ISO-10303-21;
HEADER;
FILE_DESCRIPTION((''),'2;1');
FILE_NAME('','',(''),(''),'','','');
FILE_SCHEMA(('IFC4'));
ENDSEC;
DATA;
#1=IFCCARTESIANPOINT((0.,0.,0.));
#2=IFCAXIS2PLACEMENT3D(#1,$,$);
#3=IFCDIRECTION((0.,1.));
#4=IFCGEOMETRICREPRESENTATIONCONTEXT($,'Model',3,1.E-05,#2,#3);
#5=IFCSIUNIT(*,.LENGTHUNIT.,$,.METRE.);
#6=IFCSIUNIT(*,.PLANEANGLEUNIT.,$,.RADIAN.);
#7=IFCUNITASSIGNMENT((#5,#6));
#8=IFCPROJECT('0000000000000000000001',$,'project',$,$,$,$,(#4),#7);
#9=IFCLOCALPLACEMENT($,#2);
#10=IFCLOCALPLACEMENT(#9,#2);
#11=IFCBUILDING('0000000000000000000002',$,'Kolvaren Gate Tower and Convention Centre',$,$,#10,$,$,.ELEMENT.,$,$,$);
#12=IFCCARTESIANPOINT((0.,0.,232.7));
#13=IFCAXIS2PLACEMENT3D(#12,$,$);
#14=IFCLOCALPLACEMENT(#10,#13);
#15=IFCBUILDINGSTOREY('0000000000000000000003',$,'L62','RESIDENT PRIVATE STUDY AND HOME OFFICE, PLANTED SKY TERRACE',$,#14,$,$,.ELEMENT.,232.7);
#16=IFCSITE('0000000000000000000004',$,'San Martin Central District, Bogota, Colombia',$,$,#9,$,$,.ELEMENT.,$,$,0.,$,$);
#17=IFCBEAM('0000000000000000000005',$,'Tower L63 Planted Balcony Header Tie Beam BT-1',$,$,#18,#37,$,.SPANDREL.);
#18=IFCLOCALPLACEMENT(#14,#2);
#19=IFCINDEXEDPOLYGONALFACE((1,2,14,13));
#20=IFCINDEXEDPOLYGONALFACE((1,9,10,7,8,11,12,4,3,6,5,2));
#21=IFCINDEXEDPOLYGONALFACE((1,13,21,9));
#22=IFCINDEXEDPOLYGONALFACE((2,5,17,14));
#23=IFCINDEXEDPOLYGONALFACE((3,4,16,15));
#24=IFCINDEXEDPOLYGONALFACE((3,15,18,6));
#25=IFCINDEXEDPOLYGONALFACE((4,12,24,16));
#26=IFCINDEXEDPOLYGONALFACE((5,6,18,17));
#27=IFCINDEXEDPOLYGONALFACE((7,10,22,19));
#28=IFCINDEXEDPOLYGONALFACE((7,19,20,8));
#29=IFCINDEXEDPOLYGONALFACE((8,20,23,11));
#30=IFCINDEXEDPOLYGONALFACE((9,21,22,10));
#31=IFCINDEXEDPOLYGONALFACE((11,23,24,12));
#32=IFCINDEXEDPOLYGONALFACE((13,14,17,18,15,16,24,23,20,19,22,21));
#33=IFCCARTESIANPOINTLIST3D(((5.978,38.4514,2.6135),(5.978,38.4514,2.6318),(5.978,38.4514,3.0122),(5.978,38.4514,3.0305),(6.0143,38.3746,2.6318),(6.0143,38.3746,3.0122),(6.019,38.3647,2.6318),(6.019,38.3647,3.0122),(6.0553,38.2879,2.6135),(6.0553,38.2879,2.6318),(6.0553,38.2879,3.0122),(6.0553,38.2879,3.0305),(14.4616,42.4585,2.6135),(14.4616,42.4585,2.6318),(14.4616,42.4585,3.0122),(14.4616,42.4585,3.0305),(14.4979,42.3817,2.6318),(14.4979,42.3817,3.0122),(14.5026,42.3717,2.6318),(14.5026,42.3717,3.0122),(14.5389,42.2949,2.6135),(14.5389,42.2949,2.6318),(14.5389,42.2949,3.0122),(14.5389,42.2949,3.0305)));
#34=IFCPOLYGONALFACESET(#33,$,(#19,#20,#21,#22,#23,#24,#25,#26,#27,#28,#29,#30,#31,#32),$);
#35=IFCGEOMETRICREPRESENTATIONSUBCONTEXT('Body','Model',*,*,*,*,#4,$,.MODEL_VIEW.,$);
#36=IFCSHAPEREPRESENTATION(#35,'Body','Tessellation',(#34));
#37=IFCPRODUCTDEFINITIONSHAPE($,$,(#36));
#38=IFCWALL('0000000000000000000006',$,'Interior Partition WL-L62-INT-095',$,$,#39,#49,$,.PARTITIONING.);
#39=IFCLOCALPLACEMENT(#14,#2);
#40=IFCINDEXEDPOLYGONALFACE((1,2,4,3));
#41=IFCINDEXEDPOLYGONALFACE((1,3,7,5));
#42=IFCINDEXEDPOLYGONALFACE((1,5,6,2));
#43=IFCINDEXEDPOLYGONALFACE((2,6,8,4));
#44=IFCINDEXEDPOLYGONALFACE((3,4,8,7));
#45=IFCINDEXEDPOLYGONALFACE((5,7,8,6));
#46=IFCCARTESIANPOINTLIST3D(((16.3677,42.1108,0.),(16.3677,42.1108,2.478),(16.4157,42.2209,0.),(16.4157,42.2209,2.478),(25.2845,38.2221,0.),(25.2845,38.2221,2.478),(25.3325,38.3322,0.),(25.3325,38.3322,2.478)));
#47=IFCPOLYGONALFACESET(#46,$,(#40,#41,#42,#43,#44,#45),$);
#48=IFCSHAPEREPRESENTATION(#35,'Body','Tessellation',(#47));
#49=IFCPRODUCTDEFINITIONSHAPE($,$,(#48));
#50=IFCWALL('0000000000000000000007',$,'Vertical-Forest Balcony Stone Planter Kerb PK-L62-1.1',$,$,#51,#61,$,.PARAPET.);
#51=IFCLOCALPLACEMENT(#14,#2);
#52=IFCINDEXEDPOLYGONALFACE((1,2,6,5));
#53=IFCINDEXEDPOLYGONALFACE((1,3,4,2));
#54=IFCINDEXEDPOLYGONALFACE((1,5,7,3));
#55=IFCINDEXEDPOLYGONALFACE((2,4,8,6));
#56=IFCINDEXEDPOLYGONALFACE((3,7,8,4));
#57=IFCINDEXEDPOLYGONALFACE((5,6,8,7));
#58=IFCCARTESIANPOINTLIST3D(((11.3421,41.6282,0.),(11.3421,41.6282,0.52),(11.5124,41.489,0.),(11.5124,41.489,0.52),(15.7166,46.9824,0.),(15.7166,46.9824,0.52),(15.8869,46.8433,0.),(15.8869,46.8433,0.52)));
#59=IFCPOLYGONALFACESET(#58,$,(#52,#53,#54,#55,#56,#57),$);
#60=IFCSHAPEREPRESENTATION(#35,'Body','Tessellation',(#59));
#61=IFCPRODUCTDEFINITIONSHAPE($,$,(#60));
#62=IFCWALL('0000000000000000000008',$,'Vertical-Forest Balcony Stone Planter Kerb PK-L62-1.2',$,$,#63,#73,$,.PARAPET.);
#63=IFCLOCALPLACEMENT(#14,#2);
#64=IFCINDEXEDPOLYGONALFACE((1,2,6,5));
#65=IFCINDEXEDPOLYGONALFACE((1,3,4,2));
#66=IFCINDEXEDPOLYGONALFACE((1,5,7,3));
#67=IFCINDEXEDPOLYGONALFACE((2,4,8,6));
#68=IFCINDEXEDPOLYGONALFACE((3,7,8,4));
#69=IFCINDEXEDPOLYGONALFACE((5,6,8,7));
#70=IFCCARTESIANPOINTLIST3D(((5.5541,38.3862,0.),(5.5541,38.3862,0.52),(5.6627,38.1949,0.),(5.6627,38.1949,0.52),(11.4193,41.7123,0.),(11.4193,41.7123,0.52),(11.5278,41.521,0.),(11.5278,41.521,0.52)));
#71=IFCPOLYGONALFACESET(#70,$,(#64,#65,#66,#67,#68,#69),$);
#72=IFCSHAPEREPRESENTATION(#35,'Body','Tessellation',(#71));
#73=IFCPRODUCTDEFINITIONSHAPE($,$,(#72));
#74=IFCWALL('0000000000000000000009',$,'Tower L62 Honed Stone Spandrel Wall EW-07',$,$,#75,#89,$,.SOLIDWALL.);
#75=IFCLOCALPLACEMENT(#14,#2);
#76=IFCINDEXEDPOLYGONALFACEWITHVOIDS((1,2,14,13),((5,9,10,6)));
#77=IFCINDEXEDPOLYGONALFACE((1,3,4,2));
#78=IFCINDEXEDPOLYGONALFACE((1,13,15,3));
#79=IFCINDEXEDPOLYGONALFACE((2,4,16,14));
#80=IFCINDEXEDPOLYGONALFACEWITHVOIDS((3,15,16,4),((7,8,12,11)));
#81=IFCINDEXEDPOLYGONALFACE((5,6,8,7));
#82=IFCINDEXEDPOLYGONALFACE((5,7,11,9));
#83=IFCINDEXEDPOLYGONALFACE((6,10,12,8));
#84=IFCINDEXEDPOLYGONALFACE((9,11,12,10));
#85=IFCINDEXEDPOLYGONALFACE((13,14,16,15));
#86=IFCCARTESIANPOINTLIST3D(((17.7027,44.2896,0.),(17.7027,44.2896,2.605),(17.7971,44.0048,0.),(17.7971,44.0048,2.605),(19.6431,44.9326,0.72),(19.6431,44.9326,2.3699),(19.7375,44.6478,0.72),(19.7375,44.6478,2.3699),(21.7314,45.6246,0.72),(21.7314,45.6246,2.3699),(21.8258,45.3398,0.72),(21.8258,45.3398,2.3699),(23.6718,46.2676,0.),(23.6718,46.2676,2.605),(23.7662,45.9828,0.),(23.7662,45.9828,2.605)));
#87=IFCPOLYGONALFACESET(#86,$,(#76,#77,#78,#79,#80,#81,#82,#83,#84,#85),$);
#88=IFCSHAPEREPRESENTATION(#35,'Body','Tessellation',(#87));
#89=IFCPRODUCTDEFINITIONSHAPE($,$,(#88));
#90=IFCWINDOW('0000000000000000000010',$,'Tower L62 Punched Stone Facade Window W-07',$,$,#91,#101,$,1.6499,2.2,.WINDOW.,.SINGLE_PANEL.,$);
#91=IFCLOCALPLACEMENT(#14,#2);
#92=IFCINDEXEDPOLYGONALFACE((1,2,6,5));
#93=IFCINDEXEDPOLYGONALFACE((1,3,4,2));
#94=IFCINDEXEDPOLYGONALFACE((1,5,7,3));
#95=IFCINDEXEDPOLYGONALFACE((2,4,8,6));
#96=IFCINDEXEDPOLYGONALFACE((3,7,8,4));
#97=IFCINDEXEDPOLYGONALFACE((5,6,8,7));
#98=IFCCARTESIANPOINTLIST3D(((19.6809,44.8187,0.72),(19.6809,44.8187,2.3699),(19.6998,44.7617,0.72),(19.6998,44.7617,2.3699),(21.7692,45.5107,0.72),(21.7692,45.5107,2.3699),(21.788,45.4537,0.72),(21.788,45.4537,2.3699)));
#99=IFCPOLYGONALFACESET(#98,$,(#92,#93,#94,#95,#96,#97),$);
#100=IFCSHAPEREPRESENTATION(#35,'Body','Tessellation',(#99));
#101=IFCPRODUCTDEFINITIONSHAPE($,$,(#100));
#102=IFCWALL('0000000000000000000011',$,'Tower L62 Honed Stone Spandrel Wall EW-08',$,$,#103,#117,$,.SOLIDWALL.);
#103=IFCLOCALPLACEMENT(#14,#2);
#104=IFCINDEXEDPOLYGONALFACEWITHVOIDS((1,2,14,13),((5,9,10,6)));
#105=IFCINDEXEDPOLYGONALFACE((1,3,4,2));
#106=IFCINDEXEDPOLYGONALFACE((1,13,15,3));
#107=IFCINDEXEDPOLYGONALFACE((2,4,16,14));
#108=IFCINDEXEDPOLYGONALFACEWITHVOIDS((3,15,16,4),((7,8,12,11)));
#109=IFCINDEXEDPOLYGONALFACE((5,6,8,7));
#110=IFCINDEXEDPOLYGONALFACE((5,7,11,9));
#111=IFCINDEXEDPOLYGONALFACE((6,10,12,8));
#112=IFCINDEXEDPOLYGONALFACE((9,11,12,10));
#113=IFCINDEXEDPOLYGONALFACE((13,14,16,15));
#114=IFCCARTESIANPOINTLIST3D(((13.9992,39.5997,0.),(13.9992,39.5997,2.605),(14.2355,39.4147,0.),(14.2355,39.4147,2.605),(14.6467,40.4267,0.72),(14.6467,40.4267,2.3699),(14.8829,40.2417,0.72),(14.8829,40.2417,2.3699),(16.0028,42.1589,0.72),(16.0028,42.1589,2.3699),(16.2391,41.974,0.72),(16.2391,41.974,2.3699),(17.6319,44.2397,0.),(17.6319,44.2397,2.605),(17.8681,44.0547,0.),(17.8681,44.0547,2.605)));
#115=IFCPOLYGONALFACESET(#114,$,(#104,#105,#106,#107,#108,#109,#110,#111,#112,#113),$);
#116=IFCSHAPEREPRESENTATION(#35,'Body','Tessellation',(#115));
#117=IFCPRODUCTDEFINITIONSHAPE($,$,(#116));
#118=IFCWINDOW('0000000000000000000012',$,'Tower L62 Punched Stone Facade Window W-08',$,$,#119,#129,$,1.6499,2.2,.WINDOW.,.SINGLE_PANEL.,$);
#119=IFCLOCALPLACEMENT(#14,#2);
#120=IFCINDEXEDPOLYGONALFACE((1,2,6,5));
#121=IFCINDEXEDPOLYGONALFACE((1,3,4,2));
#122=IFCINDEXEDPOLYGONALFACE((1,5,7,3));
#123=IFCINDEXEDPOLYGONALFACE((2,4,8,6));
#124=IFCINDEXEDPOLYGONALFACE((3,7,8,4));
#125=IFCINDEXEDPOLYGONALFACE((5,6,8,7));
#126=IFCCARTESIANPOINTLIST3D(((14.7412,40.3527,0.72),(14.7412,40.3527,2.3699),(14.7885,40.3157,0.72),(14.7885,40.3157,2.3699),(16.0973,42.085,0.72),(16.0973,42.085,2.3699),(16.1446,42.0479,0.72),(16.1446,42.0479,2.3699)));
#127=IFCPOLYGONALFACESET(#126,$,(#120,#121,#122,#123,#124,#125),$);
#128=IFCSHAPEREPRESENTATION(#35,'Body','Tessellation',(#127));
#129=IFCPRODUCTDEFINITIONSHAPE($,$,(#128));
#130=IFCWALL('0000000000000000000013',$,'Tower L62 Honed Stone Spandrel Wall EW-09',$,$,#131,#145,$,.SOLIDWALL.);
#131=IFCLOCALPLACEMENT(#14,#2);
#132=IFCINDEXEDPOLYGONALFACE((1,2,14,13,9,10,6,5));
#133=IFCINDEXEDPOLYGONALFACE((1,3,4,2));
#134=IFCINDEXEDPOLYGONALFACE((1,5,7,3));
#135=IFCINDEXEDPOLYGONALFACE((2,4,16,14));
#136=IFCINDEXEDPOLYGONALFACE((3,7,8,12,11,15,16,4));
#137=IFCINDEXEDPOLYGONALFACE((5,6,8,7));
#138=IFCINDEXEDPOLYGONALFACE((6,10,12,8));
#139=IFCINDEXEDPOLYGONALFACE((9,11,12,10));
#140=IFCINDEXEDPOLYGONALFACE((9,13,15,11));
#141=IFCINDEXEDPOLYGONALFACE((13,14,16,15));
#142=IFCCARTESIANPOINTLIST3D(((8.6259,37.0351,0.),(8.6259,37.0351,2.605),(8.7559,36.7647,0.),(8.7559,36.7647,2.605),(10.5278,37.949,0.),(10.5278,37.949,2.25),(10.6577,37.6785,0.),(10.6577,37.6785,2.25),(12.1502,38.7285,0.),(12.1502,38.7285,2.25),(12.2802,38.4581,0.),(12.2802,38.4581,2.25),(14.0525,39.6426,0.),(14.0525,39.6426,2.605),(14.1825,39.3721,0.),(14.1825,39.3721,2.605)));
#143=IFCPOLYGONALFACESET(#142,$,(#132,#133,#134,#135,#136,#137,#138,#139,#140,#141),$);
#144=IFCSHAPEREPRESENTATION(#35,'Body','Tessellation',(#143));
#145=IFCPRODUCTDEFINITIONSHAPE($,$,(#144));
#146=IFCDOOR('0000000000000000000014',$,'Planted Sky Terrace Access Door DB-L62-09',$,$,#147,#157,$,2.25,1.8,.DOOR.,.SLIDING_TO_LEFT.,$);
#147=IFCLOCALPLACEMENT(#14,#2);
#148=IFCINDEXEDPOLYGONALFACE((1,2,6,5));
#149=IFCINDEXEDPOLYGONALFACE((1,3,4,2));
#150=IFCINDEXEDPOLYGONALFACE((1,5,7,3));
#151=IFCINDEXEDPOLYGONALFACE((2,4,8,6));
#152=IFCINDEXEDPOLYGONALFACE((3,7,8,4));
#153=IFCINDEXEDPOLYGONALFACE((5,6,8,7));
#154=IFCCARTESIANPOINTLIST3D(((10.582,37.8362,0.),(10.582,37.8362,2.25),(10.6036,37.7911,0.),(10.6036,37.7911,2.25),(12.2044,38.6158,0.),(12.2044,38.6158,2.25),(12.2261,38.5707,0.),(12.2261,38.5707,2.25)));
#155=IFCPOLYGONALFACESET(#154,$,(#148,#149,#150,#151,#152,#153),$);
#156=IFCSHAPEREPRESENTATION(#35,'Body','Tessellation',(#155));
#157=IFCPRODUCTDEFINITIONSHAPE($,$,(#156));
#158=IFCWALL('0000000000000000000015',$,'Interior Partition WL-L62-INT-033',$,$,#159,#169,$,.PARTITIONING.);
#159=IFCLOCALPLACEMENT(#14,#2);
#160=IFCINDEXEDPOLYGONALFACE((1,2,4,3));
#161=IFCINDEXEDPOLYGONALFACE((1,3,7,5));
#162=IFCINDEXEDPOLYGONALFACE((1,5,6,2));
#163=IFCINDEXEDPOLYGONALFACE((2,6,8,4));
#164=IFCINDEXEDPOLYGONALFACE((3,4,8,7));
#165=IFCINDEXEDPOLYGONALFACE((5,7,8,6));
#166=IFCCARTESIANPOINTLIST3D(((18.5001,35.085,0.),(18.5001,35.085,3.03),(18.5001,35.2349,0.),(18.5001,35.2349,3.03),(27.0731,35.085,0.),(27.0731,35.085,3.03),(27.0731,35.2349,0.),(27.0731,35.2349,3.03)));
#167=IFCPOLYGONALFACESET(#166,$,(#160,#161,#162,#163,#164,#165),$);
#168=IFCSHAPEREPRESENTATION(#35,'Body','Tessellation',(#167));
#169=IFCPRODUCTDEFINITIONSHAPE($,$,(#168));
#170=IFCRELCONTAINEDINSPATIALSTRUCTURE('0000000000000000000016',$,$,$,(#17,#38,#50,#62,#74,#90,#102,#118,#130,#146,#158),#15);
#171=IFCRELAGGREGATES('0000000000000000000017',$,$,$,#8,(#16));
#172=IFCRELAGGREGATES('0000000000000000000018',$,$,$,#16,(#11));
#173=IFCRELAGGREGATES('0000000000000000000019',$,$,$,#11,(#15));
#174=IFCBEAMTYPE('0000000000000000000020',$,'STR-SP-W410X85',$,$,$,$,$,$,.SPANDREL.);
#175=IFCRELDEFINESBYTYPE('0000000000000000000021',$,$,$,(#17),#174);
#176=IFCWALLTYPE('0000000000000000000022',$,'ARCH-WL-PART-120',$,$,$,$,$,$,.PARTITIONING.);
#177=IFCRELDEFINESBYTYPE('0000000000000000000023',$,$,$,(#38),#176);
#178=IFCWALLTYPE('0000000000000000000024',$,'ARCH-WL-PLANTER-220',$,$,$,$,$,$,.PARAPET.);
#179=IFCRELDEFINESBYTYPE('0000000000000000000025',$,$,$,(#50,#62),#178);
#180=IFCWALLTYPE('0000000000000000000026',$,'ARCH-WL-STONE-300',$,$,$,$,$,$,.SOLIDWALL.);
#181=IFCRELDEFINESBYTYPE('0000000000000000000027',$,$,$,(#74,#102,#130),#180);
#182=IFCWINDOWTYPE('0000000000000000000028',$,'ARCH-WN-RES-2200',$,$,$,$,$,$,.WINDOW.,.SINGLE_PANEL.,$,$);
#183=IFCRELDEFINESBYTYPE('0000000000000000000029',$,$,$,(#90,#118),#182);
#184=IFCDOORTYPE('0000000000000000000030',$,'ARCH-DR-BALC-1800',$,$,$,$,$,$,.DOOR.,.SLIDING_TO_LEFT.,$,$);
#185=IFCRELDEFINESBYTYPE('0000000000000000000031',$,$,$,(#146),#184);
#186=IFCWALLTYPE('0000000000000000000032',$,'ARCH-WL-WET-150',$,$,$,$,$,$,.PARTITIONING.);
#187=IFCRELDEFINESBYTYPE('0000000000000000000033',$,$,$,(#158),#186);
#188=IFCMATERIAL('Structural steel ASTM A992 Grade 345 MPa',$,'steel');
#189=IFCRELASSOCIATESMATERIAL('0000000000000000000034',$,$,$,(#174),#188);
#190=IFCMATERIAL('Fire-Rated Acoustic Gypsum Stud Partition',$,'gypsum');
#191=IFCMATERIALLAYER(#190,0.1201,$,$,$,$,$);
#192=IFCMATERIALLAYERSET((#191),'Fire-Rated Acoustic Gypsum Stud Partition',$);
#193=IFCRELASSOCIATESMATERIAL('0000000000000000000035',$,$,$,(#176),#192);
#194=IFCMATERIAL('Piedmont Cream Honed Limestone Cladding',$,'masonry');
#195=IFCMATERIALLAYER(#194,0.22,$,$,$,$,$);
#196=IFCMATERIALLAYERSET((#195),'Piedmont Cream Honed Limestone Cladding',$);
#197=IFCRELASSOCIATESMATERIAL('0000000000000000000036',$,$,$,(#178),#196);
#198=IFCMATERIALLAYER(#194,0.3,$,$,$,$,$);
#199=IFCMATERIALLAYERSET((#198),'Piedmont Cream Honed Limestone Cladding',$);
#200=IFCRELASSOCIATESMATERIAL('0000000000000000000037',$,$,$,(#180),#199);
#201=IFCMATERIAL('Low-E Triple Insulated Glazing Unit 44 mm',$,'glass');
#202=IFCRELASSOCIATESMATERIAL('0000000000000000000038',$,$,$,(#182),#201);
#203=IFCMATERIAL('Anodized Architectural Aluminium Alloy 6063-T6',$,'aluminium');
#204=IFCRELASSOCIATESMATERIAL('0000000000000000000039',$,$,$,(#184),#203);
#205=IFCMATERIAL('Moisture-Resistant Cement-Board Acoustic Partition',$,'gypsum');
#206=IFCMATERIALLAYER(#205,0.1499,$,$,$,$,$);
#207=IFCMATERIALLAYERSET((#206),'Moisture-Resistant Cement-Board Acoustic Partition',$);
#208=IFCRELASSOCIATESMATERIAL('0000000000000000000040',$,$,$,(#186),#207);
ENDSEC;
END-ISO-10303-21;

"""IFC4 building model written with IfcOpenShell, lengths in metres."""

from ifc_helpers import new_model, si_unit, direction, frame, frame_2d, origin, origin_2d, place, context, subcontext, project, spatial, rectangle, i_section, extrude, material, layer, layer_set, material_profile, profile_set, type_object, element, fill, save


model = new_model("IFC4")

# Units and contexts
model_context = context("Model", 3, precision=1e-05, world=origin(), true_north=direction((0.0, 1.0)))
body_context = subcontext(model_context, "Body", "Model", "MODEL_VIEW")
ifc_project = project(units=[si_unit("LENGTHUNIT", "METRE"), si_unit("PLANEANGLEUNIT", "RADIAN")], contexts=[model_context])

# Site, building, storey
site_placement = place(None, origin())
site = spatial("IfcSite", under=ifc_project, at=site_placement, Name="San Martin Central District, Bogota, Colombia", CompositionType="ELEMENT", RefElevation=0.0)
building_placement = place(site_placement, origin())
building = spatial("IfcBuilding", under=site, at=building_placement, Name="Kolvaren Gate Tower and Convention Centre", CompositionType="ELEMENT")
storey_placement = place(building_placement, frame((0.0, 0.0, 232.7)))
storey = spatial("IfcBuildingStorey", under=building, at=storey_placement, Name="L62", Description="RESIDENT PRIVATE STUDY AND HOME OFFICE, PLANTED SKY TERRACE", CompositionType="ELEMENT", Elevation=232.7)

# Beam
ifc_material_1 = material(Name="Structural steel ASTM A992 Grade 345 MPa", Category="steel")
ifc_material_profile_1 = material_profile(ifc_material_1, i_section(OverallWidth=0.1809, OverallDepth=0.417, WebThickness=0.011, FlangeThickness=0.0183, at=origin_2d()), Name="W410X85")
ifc_profile_set_1 = profile_set([ifc_material_profile_1], Name="Structural steel ASTM A992 Grade 345 MPa")
beam_type_1 = type_object("IfcBeamType", Name="STR-SP-W410X85", PredefinedType="SPANDREL", material=ifc_profile_set_1)
beam_1_placement = place(storey_placement, frame((14.5002, 42.3767, 2.822), z_axis=(-0.904211, -0.427086, 0.0), x_axis=(0.427086, -0.904211, 0.0)))
element("IfcBeam", 1, at=beam_1_placement, inside=storey, type_object=beam_type_1, Name="Tower L63 Planted Balcony Header Tie Beam BT-1", PredefinedType="SPANDREL", context=body_context, shape_type="SweptSolid", body=[
    extrude(i_section(OverallWidth=0.1809, OverallDepth=0.417, WebThickness=0.011, FlangeThickness=0.0183, at=origin_2d()), origin(), (0.0, 0.0, 1.0), 9.3823),
])

# Walls
ifc_material_2 = material(Name="Fire-Rated Acoustic Gypsum Stud Partition", Category="gypsum")
ifc_layer_1 = layer(ifc_material_2, 0.1201)
ifc_layer_set_1 = layer_set([ifc_layer_1], Name="Fire-Rated Acoustic Gypsum Stud Partition")
wall_type_1 = type_object("IfcWallType", Name="ARCH-WL-PART-120", PredefinedType="PARTITIONING", material=ifc_layer_set_1)
wall_1_placement = place(storey_placement, frame((16.3918, 42.1658, 0.0), z_axis=(0.0, 0.0, 1.0), x_axis=(0.916625, -0.399748, 0.0)))
element("IfcWall", 2, at=wall_1_placement, inside=storey, type_object=wall_type_1, Name="Interior Partition WL-L62-INT-095", PredefinedType="PARTITIONING", context=body_context, shape_type="SweptSolid", body=[
    extrude(rectangle(XDim=9.7278, YDim=0.1201, at=frame_2d((4.8638, 0.0))), origin(), (0.0, 0.0, 1.0), 2.478),
])
ifc_material_3 = material(Name="Piedmont Cream Honed Limestone Cladding", Category="masonry")
ifc_layer_2 = layer(ifc_material_3, 0.22)
ifc_layer_set_2 = layer_set([ifc_layer_2], Name="Piedmont Cream Honed Limestone Cladding")
wall_type_2 = type_object("IfcWallType", Name="ARCH-WL-PLANTER-220", PredefinedType="PARAPET", material=ifc_layer_set_2)
wall_2_placement = place(storey_placement, frame((11.4272, 41.5586, 0.0), z_axis=(0.0, 0.0, 1.0), x_axis=(0.632697, 0.774399, 0.0)))
element("IfcWall", 3, at=wall_2_placement, inside=storey, type_object=wall_type_2, Name="Vertical-Forest Balcony Stone Planter Kerb PK-L62-1.1", PredefinedType="PARAPET", context=body_context, shape_type="SweptSolid", body=[
    extrude(rectangle(XDim=6.9141, YDim=0.22, at=frame_2d((3.457, 0.0))), origin(), (0.0, 0.0, 1.0), 0.52),
])
wall_3_placement = place(storey_placement, frame((5.6084, 38.2905, 0.0), z_axis=(0.0, 0.0, 1.0), x_axis=(0.869861, 0.493298, 0.0)))
element("IfcWall", 4, at=wall_3_placement, inside=storey, type_object=wall_type_2, Name="Vertical-Forest Balcony Stone Planter Kerb PK-L62-1.2", PredefinedType="PARAPET", context=body_context, shape_type="SweptSolid", body=[
    extrude(rectangle(XDim=6.7427, YDim=0.22, at=frame_2d((3.3713, 0.0))), origin(), (0.0, 0.0, 1.0), 0.52),
])

# Walls, openings, windows
ifc_layer_3 = layer(ifc_material_3, 0.3)
ifc_layer_set_3 = layer_set([ifc_layer_3], Name="Piedmont Cream Honed Limestone Cladding")
wall_type_3 = type_object("IfcWallType", Name="ARCH-WL-STONE-300", PredefinedType="SOLIDWALL", material=ifc_layer_set_3)
wall_4_placement = place(storey_placement, frame((17.75, 44.1472, 0.0), z_axis=(0.0, 0.0, 1.0), x_axis=(0.949241, 0.31455, 0.0)))
wall_4 = element("IfcWall", 5, at=wall_4_placement, inside=storey, type_object=wall_type_3, Name="Tower L62 Honed Stone Spandrel Wall EW-07", PredefinedType="SOLIDWALL", context=body_context, shape_type="SweptSolid", body=[
    extrude(rectangle(XDim=6.2883, YDim=0.3, at=frame_2d((3.144, 0.0))), origin(), (0.0, 0.0, 1.0), 2.605),
])
opening_1_placement = place(wall_4_placement, frame((2.0439, 0.0, 0.72)))
opening_1 = element("IfcOpeningElement", 6, at=opening_1_placement, cuts=wall_4, PredefinedType="OPENING", context=body_context, shape_type="SweptSolid", body=[
    extrude(rectangle(XDim=2.2, YDim=1.6499, at=frame_2d((1.1001, 0.825))), frame((0.0, 0.1599, 0.0), z_axis=(0.0, -1.0, 0.0), x_axis=(1.0, 0.0, 0.0)), (0.0, 0.0, 1.0), 0.3201),
])
ifc_material_4 = material(Name="Low-E Triple Insulated Glazing Unit 44 mm", Category="glass")
window_type = type_object("IfcWindowType", Name="ARCH-WN-RES-2200", PartitioningType="SINGLE_PANEL", PredefinedType="WINDOW", material=ifc_material_4)
window_1_placement = place(opening_1_placement, origin())
window_1 = element("IfcWindow", 7, at=window_1_placement, inside=storey, type_object=window_type, Name="Tower L62 Punched Stone Facade Window W-07", OverallHeight=1.6499, OverallWidth=2.2, PartitioningType="SINGLE_PANEL", PredefinedType="WINDOW", context=body_context, shape_type="SweptSolid", body=[
    extrude(rectangle(XDim=2.2, YDim=1.6499, at=frame_2d((1.1001, 0.825))), frame((0.0, 0.03, 0.0), z_axis=(0.0, -1.0, 0.0), x_axis=(1.0, 0.0, 0.0)), (0.0, 0.0, 1.0), 0.0601),
])
fill(opening_1, window_1)
wall_5_placement = place(storey_placement, frame((14.1174, 39.5073, 0.0), z_axis=(0.0, 0.0, 1.0), x_axis=(0.61645, 0.787394, 0.0)))
wall_5 = element("IfcWall", 8, at=wall_5_placement, inside=storey, type_object=wall_type_3, Name="Tower L62 Honed Stone Spandrel Wall EW-08", PredefinedType="SOLIDWALL", context=body_context, shape_type="SweptSolid", body=[
    extrude(rectangle(XDim=5.8928, YDim=0.3, at=frame_2d((2.9463, 0.0))), origin(), (0.0, 0.0, 1.0), 2.605),
])
opening_2_placement = place(wall_5_placement, frame((1.05, 0.0, 0.72)))
opening_2 = element("IfcOpeningElement", 9, at=opening_2_placement, cuts=wall_5, PredefinedType="OPENING", context=body_context, shape_type="SweptSolid", body=[
    extrude(rectangle(XDim=2.2, YDim=1.6499, at=frame_2d((1.1001, 0.825))), frame((0.0, 0.1599, 0.0), z_axis=(0.0, -1.0, 0.0), x_axis=(1.0, 0.0, 0.0)), (0.0, 0.0, 1.0), 0.3201),
])
window_2_placement = place(opening_2_placement, origin())
window_2 = element("IfcWindow", 10, at=window_2_placement, inside=storey, type_object=window_type, Name="Tower L62 Punched Stone Facade Window W-08", OverallHeight=1.6499, OverallWidth=2.2, PartitioningType="SINGLE_PANEL", PredefinedType="WINDOW", context=body_context, shape_type="SweptSolid", body=[
    extrude(rectangle(XDim=2.2, YDim=1.6499, at=frame_2d((1.1001, 0.825))), frame((0.0, 0.03, 0.0), z_axis=(0.0, -1.0, 0.0), x_axis=(1.0, 0.0, 0.0)), (0.0, 0.0, 1.0), 0.0601),
])
fill(opening_2, window_2)

# Wall, opening, door
wall_6_placement = place(storey_placement, frame((8.6909, 36.8999, 0.0), z_axis=(0.0, 0.0, 1.0), x_axis=(0.901348, 0.433095, 0.0)))
wall_6 = element("IfcWall", 11, at=wall_6_placement, inside=storey, type_object=wall_type_3, Name="Tower L62 Honed Stone Spandrel Wall EW-09", PredefinedType="SOLIDWALL", context=body_context, shape_type="SweptSolid", body=[
    extrude(rectangle(XDim=6.0205, YDim=0.3, at=frame_2d((3.0103, 0.0))), origin(), (0.0, 0.0, 1.0), 2.605),
])
opening_3_placement = place(wall_6_placement, frame((2.1101, 0.0, 0.0)))
opening_3 = element("IfcOpeningElement", 12, at=opening_3_placement, cuts=wall_6, PredefinedType="OPENING", context=body_context, shape_type="SweptSolid", body=[
    extrude(rectangle(XDim=1.8, YDim=2.25, at=frame_2d((0.8999, 1.125))), frame((0.0, 0.1599, 0.0), z_axis=(0.0, -1.0, 0.0), x_axis=(1.0, 0.0, 0.0)), (0.0, 0.0, 1.0), 0.3201),
])
ifc_material_5 = material(Name="Anodized Architectural Aluminium Alloy 6063-T6", Category="aluminium")
door_type = type_object("IfcDoorType", Name="ARCH-DR-BALC-1800", OperationType="SLIDING_TO_LEFT", PredefinedType="DOOR", material=ifc_material_5)
door_placement = place(opening_3_placement, origin())
door = element("IfcDoor", 13, at=door_placement, inside=storey, type_object=door_type, Name="Planted Sky Terrace Access Door DB-L62-09", OperationType="SLIDING_TO_LEFT", OverallHeight=2.25, OverallWidth=1.8, PredefinedType="DOOR", context=body_context, shape_type="SweptSolid", body=[
    extrude(rectangle(XDim=1.8, YDim=2.25, at=frame_2d((0.8999, 1.125))), frame((0.0, 0.0249, 0.0), z_axis=(0.0, -1.0, 0.0), x_axis=(1.0, 0.0, 0.0)), (0.0, 0.0, 1.0), 0.05),
])
fill(opening_3, door)

# Wall
ifc_material_6 = material(Name="Moisture-Resistant Cement-Board Acoustic Partition", Category="gypsum")
ifc_layer_4 = layer(ifc_material_6, 0.1499)
ifc_layer_set_4 = layer_set([ifc_layer_4], Name="Moisture-Resistant Cement-Board Acoustic Partition")
wall_type_4 = type_object("IfcWallType", Name="ARCH-WL-WET-150", PredefinedType="PARTITIONING", material=ifc_layer_set_4)
wall_7_placement = place(storey_placement, frame((18.5, 35.1599, 0.0), z_axis=(0.0, 0.0, 1.0), x_axis=(1.0, 0.0, 0.0)))
element("IfcWall", 14, at=wall_7_placement, inside=storey, type_object=wall_type_4, Name="Interior Partition WL-L62-INT-033", PredefinedType="PARTITIONING", context=body_context, shape_type="SweptSolid", body=[
    extrude(rectangle(XDim=8.573, YDim=0.1499, at=frame_2d((4.2866, 0.0))), origin(), (0.0, 0.0, 1.0), 3.03),
])

save(model, "model.ifc")
